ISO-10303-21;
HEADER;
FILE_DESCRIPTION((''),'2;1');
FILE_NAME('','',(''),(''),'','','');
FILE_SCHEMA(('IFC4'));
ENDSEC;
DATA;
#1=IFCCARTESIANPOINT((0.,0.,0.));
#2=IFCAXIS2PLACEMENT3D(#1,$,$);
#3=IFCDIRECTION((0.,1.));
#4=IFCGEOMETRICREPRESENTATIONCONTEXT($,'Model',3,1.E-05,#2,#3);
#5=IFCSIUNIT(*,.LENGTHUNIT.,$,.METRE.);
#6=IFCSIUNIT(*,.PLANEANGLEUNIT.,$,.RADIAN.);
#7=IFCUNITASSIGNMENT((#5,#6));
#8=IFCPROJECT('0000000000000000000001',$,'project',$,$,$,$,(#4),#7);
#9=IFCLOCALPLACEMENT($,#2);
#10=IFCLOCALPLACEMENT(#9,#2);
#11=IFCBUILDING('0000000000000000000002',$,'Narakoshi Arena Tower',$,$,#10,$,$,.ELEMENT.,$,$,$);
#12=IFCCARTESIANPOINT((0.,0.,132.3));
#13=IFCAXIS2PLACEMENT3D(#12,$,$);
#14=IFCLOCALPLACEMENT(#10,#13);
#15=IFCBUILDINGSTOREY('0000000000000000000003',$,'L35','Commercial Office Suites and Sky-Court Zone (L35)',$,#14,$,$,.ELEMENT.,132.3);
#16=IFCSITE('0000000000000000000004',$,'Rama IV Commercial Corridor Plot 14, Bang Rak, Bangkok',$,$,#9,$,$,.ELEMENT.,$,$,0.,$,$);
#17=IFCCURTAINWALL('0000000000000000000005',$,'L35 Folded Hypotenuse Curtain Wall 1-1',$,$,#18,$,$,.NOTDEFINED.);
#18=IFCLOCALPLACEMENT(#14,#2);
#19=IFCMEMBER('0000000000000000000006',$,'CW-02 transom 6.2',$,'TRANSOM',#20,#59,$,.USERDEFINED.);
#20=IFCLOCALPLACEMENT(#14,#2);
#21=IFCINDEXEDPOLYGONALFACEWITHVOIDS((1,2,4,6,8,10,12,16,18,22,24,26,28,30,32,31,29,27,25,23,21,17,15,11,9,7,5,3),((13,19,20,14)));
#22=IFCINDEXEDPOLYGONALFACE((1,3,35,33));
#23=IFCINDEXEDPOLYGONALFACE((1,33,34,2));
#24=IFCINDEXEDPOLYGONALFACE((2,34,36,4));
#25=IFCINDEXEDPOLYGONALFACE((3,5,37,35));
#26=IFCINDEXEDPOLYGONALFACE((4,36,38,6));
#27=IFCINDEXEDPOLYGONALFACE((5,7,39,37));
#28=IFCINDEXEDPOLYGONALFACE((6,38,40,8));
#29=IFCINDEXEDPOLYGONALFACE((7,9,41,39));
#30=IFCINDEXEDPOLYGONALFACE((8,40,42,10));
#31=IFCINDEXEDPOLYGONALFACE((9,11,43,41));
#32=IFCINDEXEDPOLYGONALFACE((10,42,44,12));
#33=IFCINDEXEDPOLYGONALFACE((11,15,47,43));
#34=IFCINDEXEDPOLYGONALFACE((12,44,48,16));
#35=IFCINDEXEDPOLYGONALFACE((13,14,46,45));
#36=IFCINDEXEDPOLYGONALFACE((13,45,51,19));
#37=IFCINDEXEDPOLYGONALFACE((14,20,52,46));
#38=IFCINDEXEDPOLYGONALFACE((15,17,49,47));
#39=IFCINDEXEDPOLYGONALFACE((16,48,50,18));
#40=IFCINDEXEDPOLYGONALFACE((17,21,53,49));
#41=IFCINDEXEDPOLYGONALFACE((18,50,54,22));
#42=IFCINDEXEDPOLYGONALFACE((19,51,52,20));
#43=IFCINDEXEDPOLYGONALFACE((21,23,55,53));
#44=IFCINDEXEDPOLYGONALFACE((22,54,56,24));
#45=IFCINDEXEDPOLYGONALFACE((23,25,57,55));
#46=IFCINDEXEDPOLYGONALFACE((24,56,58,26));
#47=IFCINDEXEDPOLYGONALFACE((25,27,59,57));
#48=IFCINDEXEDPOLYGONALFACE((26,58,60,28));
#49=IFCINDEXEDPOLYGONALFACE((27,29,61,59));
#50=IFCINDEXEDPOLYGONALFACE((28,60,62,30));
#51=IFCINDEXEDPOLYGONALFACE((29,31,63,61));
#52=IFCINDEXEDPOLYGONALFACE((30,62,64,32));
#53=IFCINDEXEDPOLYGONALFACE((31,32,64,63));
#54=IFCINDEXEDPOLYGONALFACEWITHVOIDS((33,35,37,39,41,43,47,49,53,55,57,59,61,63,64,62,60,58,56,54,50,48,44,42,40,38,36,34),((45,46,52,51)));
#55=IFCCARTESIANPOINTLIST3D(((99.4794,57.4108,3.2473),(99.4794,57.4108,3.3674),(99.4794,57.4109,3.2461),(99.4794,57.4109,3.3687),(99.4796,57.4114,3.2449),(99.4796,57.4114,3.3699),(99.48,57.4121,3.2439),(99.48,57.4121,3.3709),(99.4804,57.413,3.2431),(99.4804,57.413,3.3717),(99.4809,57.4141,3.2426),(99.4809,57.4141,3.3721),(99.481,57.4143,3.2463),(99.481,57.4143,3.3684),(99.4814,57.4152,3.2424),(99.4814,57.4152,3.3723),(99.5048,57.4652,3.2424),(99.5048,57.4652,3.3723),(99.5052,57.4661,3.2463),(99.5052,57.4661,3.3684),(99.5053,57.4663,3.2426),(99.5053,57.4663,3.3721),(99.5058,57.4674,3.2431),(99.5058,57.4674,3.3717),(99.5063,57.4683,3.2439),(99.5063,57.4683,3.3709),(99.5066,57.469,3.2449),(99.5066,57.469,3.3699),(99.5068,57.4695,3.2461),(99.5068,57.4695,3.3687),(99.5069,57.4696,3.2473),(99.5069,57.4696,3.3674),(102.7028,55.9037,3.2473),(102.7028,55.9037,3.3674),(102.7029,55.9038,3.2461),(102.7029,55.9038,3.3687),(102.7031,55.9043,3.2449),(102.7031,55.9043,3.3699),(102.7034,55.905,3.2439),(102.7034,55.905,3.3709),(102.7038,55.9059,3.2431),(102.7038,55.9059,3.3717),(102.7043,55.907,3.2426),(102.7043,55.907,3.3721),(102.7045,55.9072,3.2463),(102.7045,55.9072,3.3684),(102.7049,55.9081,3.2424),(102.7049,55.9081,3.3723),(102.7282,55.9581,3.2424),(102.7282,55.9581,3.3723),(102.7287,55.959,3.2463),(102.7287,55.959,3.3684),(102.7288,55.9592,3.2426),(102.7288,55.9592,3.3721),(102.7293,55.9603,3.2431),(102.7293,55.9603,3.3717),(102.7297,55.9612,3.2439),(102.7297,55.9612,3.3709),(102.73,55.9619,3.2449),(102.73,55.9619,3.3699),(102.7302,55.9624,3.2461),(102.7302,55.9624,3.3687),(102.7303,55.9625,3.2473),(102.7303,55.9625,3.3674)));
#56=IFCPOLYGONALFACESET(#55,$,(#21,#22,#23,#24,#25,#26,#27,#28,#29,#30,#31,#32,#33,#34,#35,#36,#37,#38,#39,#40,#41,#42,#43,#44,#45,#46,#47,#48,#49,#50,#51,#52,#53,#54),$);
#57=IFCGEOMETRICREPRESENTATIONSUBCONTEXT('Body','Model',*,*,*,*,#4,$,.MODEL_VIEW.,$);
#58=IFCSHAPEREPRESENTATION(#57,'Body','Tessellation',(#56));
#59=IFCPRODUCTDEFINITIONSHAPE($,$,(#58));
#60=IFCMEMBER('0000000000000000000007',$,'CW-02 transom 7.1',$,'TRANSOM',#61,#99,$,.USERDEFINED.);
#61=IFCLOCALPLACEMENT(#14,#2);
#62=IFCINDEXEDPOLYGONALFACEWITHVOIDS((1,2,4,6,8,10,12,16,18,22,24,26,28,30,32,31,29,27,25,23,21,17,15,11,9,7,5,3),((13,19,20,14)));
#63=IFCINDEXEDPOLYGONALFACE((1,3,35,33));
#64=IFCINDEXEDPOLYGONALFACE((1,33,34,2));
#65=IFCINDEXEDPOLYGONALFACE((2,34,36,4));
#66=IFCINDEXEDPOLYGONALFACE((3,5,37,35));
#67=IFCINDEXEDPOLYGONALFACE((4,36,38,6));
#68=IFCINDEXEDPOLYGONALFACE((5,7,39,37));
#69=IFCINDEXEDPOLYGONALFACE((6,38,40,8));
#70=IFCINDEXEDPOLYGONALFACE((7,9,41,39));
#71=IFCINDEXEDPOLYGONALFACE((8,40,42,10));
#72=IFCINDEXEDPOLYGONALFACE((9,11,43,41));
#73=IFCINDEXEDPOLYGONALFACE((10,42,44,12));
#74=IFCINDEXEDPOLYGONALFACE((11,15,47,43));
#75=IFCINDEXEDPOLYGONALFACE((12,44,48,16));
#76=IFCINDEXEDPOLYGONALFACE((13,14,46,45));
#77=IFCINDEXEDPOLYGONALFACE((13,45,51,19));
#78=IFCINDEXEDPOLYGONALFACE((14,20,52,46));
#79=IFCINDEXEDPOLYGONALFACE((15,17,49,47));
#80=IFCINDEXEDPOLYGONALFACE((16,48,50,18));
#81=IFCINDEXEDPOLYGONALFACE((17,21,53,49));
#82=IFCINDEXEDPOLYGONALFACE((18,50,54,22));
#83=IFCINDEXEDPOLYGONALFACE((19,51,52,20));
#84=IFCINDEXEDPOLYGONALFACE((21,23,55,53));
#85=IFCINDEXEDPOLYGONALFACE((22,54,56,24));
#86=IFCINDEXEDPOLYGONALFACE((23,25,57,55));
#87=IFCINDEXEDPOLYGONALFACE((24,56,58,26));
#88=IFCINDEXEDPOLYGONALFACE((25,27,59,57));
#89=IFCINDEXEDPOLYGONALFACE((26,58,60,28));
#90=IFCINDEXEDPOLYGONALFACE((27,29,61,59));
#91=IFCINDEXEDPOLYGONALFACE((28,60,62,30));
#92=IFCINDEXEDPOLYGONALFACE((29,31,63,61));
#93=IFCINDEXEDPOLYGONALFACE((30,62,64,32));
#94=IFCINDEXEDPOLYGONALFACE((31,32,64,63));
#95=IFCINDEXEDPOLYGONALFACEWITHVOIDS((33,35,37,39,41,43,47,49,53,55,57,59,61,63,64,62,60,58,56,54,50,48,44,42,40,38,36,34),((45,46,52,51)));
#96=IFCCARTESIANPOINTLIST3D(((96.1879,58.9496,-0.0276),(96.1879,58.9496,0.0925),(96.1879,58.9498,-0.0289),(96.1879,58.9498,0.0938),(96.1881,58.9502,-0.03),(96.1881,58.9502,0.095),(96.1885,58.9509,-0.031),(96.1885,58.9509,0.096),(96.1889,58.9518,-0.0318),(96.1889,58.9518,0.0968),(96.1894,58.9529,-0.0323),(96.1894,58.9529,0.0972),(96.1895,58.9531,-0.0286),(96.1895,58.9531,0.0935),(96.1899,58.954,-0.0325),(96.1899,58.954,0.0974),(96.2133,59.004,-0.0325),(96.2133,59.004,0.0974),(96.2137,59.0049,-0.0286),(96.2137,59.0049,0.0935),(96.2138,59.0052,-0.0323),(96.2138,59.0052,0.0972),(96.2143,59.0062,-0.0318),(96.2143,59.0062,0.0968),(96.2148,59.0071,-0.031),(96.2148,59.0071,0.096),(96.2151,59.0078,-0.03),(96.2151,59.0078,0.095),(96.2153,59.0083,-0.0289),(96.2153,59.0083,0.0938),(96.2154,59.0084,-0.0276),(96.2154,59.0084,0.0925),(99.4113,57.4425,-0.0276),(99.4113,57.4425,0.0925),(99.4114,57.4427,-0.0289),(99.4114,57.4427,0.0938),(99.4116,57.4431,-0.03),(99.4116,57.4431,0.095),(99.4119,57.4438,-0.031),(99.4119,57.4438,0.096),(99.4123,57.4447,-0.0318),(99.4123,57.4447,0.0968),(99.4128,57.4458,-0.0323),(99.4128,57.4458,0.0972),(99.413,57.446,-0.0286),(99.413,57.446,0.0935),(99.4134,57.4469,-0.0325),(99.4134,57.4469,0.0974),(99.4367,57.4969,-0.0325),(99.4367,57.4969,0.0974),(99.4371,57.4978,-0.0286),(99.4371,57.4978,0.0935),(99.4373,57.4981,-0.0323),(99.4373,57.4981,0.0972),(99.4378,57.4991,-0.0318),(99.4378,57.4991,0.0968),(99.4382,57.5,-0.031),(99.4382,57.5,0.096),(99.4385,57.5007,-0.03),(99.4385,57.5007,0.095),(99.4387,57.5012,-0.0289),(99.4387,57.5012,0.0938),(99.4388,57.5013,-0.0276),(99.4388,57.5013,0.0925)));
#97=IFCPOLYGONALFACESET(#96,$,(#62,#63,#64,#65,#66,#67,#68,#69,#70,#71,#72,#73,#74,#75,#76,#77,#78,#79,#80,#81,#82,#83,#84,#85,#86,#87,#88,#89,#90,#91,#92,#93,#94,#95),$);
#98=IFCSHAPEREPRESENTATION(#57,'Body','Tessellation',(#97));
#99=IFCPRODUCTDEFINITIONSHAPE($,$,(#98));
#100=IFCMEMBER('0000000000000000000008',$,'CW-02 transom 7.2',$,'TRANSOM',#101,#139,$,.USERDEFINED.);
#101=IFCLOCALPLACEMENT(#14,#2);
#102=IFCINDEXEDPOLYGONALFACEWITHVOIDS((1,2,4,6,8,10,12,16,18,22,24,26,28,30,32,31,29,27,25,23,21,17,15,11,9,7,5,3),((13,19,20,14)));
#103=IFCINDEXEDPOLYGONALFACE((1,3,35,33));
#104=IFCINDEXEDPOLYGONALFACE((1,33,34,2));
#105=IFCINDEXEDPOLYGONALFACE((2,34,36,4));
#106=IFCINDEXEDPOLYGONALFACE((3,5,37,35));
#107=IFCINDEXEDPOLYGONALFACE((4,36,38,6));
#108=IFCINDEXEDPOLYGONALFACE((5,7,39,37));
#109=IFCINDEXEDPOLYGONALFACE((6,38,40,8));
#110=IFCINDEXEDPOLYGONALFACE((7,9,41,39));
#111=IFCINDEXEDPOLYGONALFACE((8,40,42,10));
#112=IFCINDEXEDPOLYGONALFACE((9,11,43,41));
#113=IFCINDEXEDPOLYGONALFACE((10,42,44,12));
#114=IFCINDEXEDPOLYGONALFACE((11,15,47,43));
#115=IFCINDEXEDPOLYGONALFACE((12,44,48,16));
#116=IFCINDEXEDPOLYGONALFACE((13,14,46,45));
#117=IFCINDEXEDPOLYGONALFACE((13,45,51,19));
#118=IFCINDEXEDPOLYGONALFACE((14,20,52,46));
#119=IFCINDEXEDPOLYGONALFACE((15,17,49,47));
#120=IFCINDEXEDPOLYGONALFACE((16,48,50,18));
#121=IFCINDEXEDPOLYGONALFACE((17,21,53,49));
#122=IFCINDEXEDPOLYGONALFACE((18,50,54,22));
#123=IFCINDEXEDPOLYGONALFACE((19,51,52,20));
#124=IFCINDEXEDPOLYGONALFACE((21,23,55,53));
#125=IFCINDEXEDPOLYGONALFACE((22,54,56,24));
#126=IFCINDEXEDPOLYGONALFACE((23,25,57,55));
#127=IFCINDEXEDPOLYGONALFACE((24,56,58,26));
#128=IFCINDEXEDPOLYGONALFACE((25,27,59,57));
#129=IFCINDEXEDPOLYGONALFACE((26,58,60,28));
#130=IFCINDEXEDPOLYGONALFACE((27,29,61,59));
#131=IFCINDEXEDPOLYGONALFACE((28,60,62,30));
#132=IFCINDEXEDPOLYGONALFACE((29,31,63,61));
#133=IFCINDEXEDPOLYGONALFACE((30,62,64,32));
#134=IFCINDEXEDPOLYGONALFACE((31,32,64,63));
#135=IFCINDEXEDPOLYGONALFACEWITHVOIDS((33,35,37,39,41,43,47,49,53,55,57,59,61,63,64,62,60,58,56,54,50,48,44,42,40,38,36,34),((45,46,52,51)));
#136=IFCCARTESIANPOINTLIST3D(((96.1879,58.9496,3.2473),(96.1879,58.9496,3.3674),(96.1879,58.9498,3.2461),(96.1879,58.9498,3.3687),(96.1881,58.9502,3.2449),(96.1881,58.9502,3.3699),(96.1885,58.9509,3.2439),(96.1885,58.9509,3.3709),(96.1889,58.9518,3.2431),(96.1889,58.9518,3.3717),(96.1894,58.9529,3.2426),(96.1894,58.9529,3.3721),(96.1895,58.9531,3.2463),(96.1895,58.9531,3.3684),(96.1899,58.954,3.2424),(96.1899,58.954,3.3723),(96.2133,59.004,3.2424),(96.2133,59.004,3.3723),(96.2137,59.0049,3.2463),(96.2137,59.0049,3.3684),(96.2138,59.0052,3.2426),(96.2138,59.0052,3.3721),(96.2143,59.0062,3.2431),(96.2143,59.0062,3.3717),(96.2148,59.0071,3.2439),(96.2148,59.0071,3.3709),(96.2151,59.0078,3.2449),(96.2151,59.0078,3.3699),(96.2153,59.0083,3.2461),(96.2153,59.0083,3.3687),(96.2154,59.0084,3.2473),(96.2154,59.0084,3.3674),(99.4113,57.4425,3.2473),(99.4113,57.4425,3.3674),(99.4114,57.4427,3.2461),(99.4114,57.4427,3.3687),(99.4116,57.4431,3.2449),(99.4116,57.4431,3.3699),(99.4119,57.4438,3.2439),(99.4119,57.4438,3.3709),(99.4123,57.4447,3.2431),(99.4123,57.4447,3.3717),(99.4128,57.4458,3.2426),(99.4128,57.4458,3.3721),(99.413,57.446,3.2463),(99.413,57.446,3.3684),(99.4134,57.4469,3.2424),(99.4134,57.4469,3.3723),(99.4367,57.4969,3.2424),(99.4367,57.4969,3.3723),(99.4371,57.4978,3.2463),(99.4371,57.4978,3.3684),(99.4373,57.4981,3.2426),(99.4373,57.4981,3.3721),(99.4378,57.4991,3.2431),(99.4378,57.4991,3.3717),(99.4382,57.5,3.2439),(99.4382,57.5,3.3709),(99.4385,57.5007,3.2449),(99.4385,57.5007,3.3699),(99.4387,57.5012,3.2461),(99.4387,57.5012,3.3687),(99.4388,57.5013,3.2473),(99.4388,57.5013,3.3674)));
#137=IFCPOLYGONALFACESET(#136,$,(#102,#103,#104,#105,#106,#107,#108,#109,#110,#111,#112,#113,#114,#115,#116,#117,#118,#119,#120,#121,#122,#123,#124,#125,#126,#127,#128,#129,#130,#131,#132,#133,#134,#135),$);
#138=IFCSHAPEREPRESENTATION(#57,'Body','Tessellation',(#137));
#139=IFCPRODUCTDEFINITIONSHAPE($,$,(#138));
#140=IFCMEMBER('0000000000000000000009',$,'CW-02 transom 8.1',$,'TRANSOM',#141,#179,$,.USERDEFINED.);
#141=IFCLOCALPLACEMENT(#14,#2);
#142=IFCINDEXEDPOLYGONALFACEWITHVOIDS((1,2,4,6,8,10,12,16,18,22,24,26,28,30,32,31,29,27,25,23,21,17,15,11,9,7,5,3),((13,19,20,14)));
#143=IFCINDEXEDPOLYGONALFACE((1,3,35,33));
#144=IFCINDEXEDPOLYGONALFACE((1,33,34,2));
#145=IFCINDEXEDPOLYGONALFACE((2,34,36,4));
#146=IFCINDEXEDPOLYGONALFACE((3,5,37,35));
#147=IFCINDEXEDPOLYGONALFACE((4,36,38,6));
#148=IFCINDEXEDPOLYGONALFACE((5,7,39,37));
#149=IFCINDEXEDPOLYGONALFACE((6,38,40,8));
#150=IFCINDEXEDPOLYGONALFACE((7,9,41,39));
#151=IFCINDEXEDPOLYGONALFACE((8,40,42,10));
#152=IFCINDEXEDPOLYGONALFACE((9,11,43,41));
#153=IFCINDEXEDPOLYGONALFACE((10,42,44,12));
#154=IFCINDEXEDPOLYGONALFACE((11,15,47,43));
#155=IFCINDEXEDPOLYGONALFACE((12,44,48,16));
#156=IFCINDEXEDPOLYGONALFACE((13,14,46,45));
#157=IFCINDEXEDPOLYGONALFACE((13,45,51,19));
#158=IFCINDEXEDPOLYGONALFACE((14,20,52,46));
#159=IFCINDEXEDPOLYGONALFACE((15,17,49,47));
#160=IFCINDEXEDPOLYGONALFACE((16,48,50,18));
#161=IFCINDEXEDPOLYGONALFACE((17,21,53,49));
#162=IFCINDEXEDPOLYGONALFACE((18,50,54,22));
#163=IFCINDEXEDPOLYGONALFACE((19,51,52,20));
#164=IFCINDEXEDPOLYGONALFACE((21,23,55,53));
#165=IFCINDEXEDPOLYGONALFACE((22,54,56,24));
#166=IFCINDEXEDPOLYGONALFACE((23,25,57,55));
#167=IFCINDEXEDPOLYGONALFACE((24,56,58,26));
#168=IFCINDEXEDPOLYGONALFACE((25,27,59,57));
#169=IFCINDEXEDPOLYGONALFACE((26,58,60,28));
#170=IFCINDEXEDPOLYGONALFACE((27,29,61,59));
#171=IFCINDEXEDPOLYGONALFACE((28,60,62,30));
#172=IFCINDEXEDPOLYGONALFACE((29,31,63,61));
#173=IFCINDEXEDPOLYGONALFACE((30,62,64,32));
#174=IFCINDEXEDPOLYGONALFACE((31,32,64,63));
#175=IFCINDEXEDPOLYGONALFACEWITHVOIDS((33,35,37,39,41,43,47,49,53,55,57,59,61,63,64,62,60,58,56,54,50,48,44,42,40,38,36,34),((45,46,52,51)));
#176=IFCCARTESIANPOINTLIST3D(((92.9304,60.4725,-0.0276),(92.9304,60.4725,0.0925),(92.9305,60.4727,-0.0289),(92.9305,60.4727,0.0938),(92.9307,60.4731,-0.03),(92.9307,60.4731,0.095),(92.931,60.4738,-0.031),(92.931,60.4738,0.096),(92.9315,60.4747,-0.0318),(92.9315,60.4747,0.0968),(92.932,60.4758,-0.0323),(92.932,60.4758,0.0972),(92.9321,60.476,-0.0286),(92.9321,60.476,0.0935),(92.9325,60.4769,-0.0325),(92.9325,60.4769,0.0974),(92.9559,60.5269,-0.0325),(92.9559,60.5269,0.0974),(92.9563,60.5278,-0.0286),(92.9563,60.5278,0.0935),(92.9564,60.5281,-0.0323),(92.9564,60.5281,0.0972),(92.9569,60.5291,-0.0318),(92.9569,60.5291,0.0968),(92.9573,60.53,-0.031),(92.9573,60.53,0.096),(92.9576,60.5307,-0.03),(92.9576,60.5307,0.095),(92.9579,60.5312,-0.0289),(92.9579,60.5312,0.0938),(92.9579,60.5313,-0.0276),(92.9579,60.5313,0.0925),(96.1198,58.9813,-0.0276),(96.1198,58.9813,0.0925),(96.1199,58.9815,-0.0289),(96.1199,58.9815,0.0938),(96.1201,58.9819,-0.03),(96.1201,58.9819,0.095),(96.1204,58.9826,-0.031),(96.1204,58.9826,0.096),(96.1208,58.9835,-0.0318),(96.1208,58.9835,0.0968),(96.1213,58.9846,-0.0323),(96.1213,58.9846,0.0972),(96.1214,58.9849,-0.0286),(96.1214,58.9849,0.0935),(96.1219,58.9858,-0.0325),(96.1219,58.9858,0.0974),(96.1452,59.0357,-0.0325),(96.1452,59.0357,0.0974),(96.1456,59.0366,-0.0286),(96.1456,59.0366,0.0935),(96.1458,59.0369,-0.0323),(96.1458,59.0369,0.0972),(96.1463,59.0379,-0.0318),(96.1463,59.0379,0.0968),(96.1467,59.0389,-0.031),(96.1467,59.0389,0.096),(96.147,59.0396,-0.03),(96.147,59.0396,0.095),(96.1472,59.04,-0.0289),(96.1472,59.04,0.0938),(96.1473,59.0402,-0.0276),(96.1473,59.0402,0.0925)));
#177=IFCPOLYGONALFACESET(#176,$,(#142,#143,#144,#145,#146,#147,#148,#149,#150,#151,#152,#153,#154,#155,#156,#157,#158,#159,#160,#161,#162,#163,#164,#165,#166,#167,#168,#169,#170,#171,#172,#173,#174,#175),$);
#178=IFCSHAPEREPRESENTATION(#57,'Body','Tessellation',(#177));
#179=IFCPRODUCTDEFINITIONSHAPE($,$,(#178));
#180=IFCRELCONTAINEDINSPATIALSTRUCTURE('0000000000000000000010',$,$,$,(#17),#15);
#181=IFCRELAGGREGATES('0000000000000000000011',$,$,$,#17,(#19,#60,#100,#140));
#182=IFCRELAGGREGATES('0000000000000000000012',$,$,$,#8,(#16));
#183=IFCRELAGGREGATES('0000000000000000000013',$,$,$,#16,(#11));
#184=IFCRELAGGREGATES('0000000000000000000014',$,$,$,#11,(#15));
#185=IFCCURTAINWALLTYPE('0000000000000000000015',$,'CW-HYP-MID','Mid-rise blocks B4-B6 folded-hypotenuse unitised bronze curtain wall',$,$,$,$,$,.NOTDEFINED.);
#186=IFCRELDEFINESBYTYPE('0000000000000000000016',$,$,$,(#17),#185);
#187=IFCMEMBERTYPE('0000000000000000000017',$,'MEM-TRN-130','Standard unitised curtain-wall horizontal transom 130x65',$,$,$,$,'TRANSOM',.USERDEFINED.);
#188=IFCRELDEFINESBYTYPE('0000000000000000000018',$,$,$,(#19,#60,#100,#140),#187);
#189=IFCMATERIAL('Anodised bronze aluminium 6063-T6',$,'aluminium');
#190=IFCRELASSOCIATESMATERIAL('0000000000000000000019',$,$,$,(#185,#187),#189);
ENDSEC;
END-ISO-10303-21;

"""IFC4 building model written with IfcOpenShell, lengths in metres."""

from ifc_helpers import new_model, si_unit, direction, frame, origin, origin_2d, place, context, subcontext, project, spatial, hollow_rectangle, extrude, material, material_profile, profile_set, type_object, element, aggregate, save


model = new_model("IFC4")

# Units and contexts
model_context = context("Model", 3, precision=1e-05, world=origin(), true_north=direction((0.0, 1.0)))
body_context = subcontext(model_context, "Body", "Model", "MODEL_VIEW")
ifc_project = project(units=[si_unit("LENGTHUNIT", "METRE"), si_unit("PLANEANGLEUNIT", "RADIAN")], contexts=[model_context])

# Site, building, storey
site_placement = place(None, origin())
site = spatial("IfcSite", under=ifc_project, at=site_placement, Name="Rama IV Commercial Corridor Plot 14, Bang Rak, Bangkok", CompositionType="ELEMENT", RefElevation=0.0)
building_placement = place(site_placement, origin())
building = spatial("IfcBuilding", under=site, at=building_placement, Name="Narakoshi Arena Tower", CompositionType="ELEMENT")
storey_placement = place(building_placement, frame((0.0, 0.0, 132.3)))
storey = spatial("IfcBuildingStorey", under=building, at=storey_placement, Name="L35", Description="Commercial Office Suites and Sky-Court Zone (L35)", CompositionType="ELEMENT", Elevation=132.3)

# Curtain wall, members
ifc_material_1 = material(Name="Anodised bronze aluminium 6063-T6", Category="aluminium")
curtain_wall_type = type_object("IfcCurtainWallType", Name="CW-HYP-MID", Description="Mid-rise blocks B4-B6 folded-hypotenuse unitised bronze curtain wall", PredefinedType="NOTDEFINED", material=ifc_material_1)
curtain_wall_placement = place(storey_placement, origin())
curtain_wall = element("IfcCurtainWall", 1, at=curtain_wall_placement, inside=storey, type_object=curtain_wall_type, Name="L35 Folded Hypotenuse Curtain Wall 1-1", PredefinedType="NOTDEFINED")
ifc_material_profile_1 = material_profile(ifc_material_1, hollow_rectangle(XDim=0.0649, YDim=0.1299, WallThickness=0.0039, OuterFilletRadius=0.0049, at=origin_2d()), Name="TRN130x65x4")
ifc_profile_set_1 = profile_set([ifc_material_profile_1], Name="Anodised bronze aluminium 6063-T6")
member_type_1 = type_object("IfcMemberType", Name="MEM-TRN-130", Description="Standard unitised curtain-wall horizontal transom 130x65", ElementType="TRANSOM", PredefinedType="USERDEFINED", material=ifc_profile_set_1)
member_1_placement = place(storey_placement, frame((102.7166, 55.9331, 3.3074), z_axis=(-0.905878, 0.423539, 0.0), x_axis=(-0.423539, -0.905878, 0.0)))
member_1 = element("IfcMember", 2, at=member_1_placement, type_object=member_type_1, Name="CW-02 transom 6.2", ObjectType="TRANSOM", PredefinedType="USERDEFINED", context=body_context, shape_type="SweptSolid", body=[
    extrude(hollow_rectangle(XDim=0.0649, YDim=0.1299, WallThickness=0.0039, OuterFilletRadius=0.0049, at=origin_2d()), origin(), (0.0, 0.0, 1.0), 3.5583),
])
member_2_placement = place(storey_placement, frame((99.425, 57.4719, 0.0325), z_axis=(-0.905878, 0.423539, 0.0), x_axis=(-0.423539, -0.905878, 0.0)))
member_2 = element("IfcMember", 3, at=member_2_placement, type_object=member_type_1, Name="CW-02 transom 7.1", ObjectType="TRANSOM", PredefinedType="USERDEFINED", context=body_context, shape_type="SweptSolid", body=[
    extrude(hollow_rectangle(XDim=0.0649, YDim=0.1299, WallThickness=0.0039, OuterFilletRadius=0.0049, at=origin_2d()), origin(), (0.0, 0.0, 1.0), 3.5583),
])
member_3_placement = place(storey_placement, frame((99.425, 57.4719, 3.3074), z_axis=(-0.905878, 0.423539, 0.0), x_axis=(-0.423539, -0.905878, 0.0)))
member_3 = element("IfcMember", 4, at=member_3_placement, type_object=member_type_1, Name="CW-02 transom 7.2", ObjectType="TRANSOM", PredefinedType="USERDEFINED", context=body_context, shape_type="SweptSolid", body=[
    extrude(hollow_rectangle(XDim=0.0649, YDim=0.1299, WallThickness=0.0039, OuterFilletRadius=0.0049, at=origin_2d()), origin(), (0.0, 0.0, 1.0), 3.5583),
])
member_4_placement = place(storey_placement, frame((96.1335, 59.0107, 0.0325), z_axis=(-0.905878, 0.423538, 0.0), x_axis=(-0.423538, -0.905878, 0.0)))
member_4 = element("IfcMember", 5, at=member_4_placement, type_object=member_type_1, Name="CW-02 transom 8.1", ObjectType="TRANSOM", PredefinedType="USERDEFINED", context=body_context, shape_type="SweptSolid", body=[
    extrude(hollow_rectangle(XDim=0.0649, YDim=0.1299, WallThickness=0.0039, OuterFilletRadius=0.0049, at=origin_2d()), origin(), (0.0, 0.0, 1.0), 3.5208),
])
aggregate(curtain_wall, [member_1, member_2, member_3, member_4])

save(model, "model.ifc")
